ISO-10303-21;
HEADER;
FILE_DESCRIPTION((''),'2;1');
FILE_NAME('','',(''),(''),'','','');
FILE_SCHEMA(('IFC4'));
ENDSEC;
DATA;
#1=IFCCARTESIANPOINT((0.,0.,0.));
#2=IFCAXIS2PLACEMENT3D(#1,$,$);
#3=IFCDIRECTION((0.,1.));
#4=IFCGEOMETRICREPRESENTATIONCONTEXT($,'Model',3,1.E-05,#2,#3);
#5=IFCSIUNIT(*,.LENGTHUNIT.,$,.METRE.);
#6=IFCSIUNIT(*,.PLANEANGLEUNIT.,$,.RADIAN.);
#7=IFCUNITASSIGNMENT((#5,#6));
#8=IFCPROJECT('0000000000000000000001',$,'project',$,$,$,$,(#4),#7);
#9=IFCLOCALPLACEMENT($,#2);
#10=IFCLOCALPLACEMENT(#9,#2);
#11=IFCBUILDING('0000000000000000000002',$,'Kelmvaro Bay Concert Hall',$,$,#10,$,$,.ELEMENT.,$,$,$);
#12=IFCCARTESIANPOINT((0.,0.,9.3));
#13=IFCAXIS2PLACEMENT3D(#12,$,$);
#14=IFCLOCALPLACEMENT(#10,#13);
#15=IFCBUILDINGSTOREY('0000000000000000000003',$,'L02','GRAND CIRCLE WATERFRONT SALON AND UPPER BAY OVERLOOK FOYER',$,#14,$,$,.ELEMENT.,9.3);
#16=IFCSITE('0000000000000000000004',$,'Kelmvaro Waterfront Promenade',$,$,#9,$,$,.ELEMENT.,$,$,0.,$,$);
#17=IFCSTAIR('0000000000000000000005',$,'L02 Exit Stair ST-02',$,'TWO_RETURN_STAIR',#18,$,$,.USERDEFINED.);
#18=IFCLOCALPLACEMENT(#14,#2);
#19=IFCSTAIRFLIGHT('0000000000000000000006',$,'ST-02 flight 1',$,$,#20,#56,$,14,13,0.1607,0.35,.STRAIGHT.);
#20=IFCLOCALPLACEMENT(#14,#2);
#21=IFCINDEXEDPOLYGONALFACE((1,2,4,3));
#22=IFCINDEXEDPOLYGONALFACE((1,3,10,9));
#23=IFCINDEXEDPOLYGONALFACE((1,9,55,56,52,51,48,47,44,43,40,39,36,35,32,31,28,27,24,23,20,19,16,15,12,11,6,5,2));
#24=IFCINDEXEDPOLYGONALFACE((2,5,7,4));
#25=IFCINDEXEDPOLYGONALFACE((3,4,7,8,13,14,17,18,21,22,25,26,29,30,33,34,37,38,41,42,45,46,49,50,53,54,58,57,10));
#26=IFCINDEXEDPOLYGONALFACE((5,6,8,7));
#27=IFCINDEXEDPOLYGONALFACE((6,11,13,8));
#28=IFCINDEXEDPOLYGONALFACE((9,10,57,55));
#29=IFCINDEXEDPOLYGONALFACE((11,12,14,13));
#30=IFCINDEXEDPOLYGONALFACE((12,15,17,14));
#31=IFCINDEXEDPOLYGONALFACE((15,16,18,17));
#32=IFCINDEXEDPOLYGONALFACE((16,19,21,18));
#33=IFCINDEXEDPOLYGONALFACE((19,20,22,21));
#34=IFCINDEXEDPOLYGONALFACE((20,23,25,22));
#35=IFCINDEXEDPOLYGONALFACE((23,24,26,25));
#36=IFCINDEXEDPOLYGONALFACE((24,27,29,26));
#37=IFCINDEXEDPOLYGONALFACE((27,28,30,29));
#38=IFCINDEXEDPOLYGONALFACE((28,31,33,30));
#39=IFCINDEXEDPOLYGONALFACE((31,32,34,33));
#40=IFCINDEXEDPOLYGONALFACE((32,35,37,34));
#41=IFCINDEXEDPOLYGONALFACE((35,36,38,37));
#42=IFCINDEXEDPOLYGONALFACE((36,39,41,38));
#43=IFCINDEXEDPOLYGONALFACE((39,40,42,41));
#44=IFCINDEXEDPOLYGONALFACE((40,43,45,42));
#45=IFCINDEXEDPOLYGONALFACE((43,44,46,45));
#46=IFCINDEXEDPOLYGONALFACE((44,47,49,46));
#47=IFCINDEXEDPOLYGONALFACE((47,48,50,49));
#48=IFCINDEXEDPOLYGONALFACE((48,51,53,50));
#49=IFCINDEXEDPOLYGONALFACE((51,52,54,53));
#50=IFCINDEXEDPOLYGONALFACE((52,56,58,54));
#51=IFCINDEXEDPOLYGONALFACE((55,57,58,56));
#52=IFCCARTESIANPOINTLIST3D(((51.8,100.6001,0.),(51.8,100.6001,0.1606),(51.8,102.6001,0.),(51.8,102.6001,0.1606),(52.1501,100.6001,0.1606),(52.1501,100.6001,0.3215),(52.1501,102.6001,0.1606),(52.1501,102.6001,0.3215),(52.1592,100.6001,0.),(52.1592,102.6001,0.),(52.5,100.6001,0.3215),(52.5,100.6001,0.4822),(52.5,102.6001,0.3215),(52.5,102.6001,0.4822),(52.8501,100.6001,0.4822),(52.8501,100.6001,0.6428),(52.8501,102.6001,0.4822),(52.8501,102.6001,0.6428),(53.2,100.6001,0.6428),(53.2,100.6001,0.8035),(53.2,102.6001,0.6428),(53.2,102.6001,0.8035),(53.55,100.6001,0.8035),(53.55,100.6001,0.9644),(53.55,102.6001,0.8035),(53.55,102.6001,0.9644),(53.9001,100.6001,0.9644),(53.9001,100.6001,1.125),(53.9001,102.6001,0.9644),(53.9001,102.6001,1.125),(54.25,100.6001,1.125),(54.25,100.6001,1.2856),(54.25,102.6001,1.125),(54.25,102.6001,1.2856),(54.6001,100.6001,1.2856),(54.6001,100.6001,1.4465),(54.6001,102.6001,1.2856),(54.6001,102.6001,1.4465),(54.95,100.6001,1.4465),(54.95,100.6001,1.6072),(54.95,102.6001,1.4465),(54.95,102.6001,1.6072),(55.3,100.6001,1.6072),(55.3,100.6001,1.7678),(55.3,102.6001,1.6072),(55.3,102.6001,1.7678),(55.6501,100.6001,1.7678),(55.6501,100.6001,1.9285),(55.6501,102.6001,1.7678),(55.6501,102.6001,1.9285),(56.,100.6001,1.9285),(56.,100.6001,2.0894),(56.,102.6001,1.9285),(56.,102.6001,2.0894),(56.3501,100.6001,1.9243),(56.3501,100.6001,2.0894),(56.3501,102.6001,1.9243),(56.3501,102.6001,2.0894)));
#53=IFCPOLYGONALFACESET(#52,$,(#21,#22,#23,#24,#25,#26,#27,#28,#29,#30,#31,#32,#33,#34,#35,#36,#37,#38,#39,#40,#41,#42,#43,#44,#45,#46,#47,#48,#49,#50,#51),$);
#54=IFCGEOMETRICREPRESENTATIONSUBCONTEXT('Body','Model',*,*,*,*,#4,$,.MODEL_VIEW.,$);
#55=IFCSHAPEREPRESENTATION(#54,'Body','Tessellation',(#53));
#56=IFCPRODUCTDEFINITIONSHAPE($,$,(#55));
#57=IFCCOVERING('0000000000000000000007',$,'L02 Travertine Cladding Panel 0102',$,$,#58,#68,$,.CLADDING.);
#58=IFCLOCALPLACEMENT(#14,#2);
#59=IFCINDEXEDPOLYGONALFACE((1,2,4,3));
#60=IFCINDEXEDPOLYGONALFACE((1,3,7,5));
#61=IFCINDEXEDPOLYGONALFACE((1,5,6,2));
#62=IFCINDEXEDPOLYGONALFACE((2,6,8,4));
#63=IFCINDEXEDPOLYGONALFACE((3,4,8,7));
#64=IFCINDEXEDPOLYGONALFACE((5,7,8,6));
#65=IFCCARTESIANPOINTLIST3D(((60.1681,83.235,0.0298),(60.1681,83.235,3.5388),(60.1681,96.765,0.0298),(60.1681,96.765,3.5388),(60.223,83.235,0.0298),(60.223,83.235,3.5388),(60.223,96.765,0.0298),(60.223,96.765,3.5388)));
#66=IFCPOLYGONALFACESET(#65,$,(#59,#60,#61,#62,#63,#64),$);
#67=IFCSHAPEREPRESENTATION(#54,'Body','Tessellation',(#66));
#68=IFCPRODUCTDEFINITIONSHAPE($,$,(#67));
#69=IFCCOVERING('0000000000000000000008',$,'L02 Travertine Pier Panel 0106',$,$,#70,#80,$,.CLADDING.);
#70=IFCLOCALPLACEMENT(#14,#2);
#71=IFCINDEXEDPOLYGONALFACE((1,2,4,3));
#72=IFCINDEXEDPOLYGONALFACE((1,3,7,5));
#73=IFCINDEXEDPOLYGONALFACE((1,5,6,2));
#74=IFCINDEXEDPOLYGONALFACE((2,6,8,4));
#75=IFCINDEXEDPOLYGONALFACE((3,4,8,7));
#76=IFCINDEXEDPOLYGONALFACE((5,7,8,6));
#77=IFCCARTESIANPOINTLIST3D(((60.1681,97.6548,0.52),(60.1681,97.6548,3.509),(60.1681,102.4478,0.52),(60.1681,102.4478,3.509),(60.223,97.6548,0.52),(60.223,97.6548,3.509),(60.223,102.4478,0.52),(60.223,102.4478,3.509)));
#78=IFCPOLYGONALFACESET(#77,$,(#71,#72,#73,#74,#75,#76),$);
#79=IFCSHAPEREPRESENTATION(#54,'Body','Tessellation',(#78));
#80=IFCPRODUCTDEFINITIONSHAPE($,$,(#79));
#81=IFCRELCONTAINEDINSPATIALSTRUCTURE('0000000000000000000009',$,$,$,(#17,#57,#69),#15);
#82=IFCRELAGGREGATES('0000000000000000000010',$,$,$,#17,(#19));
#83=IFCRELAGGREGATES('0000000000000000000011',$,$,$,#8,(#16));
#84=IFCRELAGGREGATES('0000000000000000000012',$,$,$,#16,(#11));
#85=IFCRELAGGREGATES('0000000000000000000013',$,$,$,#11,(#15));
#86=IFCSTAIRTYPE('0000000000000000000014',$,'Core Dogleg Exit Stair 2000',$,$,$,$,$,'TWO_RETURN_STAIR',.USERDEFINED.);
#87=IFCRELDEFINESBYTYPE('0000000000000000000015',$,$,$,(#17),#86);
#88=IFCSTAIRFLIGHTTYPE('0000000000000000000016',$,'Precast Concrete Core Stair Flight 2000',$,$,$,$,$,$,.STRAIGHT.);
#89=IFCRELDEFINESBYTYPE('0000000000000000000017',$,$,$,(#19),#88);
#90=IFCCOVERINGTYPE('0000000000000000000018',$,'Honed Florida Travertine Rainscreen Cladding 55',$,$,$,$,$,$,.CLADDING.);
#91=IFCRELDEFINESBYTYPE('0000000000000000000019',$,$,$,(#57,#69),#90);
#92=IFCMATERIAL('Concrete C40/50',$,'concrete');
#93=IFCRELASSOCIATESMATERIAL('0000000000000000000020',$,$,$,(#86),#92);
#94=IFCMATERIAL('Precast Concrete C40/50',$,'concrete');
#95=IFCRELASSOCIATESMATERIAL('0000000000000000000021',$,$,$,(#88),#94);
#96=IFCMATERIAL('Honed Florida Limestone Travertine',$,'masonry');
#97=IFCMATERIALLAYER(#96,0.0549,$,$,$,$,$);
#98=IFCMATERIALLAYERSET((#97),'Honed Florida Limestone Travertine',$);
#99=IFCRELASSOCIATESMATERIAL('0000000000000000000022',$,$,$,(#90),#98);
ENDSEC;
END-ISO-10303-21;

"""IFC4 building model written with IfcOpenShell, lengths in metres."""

from ifc_helpers import new_model, si_unit, direction, frame, origin, origin_2d, place, context, subcontext, project, spatial, polyline, rectangle, outline, extrude, material, layer, layer_set, type_object, element, aggregate, save


model = new_model("IFC4")

# Units and contexts
model_context = context("Model", 3, precision=1e-05, world=origin(), true_north=direction((0.0, 1.0)))
body_context = subcontext(model_context, "Body", "Model", "MODEL_VIEW")
ifc_project = project(units=[si_unit("LENGTHUNIT", "METRE"), si_unit("PLANEANGLEUNIT", "RADIAN")], contexts=[model_context])

# Site, building, storey
site_placement = place(None, origin())
site = spatial("IfcSite", under=ifc_project, at=site_placement, Name="Kelmvaro Waterfront Promenade", CompositionType="ELEMENT", RefElevation=0.0)
building_placement = place(site_placement, origin())
building = spatial("IfcBuilding", under=site, at=building_placement, Name="Kelmvaro Bay Concert Hall", CompositionType="ELEMENT")
storey_placement = place(building_placement, frame((0.0, 0.0, 9.3)))
storey = spatial("IfcBuildingStorey", under=building, at=storey_placement, Name="L02", Description="GRAND CIRCLE WATERFRONT SALON AND UPPER BAY OVERLOOK FOYER", CompositionType="ELEMENT", Elevation=9.3)

# Stair, stair flight
ifc_material_1 = material(Name="Concrete C40/50", Category="concrete")
stair_type = type_object("IfcStairType", Name="Core Dogleg Exit Stair 2000", ElementType="TWO_RETURN_STAIR", PredefinedType="USERDEFINED", material=ifc_material_1)
stair_placement = place(storey_placement, origin())
stair = element("IfcStair", 1, at=stair_placement, inside=storey, type_object=stair_type, Name="L02 Exit Stair ST-02", ObjectType="TWO_RETURN_STAIR", PredefinedType="USERDEFINED")
ifc_material_2 = material(Name="Precast Concrete C40/50", Category="concrete")
stair_flight_type = type_object("IfcStairFlightType", Name="Precast Concrete Core Stair Flight 2000", PredefinedType="STRAIGHT", material=ifc_material_2)
stair_flight_placement = place(storey_placement, frame((51.8, 101.6001, 0.0), z_axis=(0.0, 0.0, 1.0), x_axis=(1.0, 0.0, 0.0)))
stair_flight = element("IfcStairFlight", 2, at=stair_flight_placement, type_object=stair_flight_type, Name="ST-02 flight 1", NumberOfRisers=14, NumberOfTreads=13, PredefinedType="STRAIGHT", RiserHeight=0.1607, TreadLength=0.35, context=body_context, shape_type="SweptSolid", body=[
    extrude(outline(polyline([(0.0, 0.0), (0.0, 0.1606), (0.3501, 0.1606), (0.3501, 0.3215), (0.7, 0.3215), (0.7, 0.4822), (1.05, 0.4822), (1.05, 0.6428), (1.3999, 0.6428), (1.3999, 0.8035), (1.75, 0.8035), (1.75, 0.9644), (2.1001, 0.9644), (2.1001, 1.125), (2.45, 1.125), (2.45, 1.2856), (2.8, 1.2856), (2.8, 1.4465), (3.1499, 1.4465), (3.1499, 1.6072), (3.5, 1.6072), (3.5, 1.7678), (3.8501, 1.7678), (3.8501, 1.9285), (4.2, 1.9285), (4.2, 2.0894), (4.55, 2.0894), (4.55, 2.25), (4.55, 1.9243), (0.3591, 0.0), (0.0, 0.0)])), frame((0.0, 1.0, 0.0), z_axis=(0.0, -1.0, 0.0), x_axis=(1.0, 0.0, 0.0)), (0.0, 0.0, 1.0), 2.0),
])
aggregate(stair, [stair_flight])

# Coverings
ifc_material_3 = material(Name="Honed Florida Limestone Travertine", Category="masonry")
ifc_layer_1 = layer(ifc_material_3, 0.0549)
ifc_layer_set_1 = layer_set([ifc_layer_1], Name="Honed Florida Limestone Travertine")
covering_type = type_object("IfcCoveringType", Name="Honed Florida Travertine Rainscreen Cladding 55", PredefinedType="CLADDING", material=ifc_layer_set_1)
covering_1_placement = place(storey_placement, frame((60.1956, 90.0, 0.0298), z_axis=(0.0, 0.0, 1.0), x_axis=(0.0, -1.0, 0.0)))
element("IfcCovering", 3, at=covering_1_placement, inside=storey, type_object=covering_type, Name="L02 Travertine Cladding Panel 0102", PredefinedType="CLADDING", context=body_context, shape_type="SweptSolid", body=[
    extrude(rectangle(XDim=13.53, YDim=0.0549, at=origin_2d()), origin(), (0.0, 0.0, 1.0), 3.509),
])
covering_2_placement = place(storey_placement, frame((60.1956, 100.0513, 0.52), z_axis=(0.0, 0.0, 1.0), x_axis=(0.0, -1.0, 0.0)))
element("IfcCovering", 4, at=covering_2_placement, inside=storey, type_object=covering_type, Name="L02 Travertine Pier Panel 0106", PredefinedType="CLADDING", context=body_context, shape_type="SweptSolid", body=[
    extrude(rectangle(XDim=4.793, YDim=0.0549, at=origin_2d()), origin(), (0.0, 0.0, 1.0), 2.989),
])

save(model, "model.ifc")
